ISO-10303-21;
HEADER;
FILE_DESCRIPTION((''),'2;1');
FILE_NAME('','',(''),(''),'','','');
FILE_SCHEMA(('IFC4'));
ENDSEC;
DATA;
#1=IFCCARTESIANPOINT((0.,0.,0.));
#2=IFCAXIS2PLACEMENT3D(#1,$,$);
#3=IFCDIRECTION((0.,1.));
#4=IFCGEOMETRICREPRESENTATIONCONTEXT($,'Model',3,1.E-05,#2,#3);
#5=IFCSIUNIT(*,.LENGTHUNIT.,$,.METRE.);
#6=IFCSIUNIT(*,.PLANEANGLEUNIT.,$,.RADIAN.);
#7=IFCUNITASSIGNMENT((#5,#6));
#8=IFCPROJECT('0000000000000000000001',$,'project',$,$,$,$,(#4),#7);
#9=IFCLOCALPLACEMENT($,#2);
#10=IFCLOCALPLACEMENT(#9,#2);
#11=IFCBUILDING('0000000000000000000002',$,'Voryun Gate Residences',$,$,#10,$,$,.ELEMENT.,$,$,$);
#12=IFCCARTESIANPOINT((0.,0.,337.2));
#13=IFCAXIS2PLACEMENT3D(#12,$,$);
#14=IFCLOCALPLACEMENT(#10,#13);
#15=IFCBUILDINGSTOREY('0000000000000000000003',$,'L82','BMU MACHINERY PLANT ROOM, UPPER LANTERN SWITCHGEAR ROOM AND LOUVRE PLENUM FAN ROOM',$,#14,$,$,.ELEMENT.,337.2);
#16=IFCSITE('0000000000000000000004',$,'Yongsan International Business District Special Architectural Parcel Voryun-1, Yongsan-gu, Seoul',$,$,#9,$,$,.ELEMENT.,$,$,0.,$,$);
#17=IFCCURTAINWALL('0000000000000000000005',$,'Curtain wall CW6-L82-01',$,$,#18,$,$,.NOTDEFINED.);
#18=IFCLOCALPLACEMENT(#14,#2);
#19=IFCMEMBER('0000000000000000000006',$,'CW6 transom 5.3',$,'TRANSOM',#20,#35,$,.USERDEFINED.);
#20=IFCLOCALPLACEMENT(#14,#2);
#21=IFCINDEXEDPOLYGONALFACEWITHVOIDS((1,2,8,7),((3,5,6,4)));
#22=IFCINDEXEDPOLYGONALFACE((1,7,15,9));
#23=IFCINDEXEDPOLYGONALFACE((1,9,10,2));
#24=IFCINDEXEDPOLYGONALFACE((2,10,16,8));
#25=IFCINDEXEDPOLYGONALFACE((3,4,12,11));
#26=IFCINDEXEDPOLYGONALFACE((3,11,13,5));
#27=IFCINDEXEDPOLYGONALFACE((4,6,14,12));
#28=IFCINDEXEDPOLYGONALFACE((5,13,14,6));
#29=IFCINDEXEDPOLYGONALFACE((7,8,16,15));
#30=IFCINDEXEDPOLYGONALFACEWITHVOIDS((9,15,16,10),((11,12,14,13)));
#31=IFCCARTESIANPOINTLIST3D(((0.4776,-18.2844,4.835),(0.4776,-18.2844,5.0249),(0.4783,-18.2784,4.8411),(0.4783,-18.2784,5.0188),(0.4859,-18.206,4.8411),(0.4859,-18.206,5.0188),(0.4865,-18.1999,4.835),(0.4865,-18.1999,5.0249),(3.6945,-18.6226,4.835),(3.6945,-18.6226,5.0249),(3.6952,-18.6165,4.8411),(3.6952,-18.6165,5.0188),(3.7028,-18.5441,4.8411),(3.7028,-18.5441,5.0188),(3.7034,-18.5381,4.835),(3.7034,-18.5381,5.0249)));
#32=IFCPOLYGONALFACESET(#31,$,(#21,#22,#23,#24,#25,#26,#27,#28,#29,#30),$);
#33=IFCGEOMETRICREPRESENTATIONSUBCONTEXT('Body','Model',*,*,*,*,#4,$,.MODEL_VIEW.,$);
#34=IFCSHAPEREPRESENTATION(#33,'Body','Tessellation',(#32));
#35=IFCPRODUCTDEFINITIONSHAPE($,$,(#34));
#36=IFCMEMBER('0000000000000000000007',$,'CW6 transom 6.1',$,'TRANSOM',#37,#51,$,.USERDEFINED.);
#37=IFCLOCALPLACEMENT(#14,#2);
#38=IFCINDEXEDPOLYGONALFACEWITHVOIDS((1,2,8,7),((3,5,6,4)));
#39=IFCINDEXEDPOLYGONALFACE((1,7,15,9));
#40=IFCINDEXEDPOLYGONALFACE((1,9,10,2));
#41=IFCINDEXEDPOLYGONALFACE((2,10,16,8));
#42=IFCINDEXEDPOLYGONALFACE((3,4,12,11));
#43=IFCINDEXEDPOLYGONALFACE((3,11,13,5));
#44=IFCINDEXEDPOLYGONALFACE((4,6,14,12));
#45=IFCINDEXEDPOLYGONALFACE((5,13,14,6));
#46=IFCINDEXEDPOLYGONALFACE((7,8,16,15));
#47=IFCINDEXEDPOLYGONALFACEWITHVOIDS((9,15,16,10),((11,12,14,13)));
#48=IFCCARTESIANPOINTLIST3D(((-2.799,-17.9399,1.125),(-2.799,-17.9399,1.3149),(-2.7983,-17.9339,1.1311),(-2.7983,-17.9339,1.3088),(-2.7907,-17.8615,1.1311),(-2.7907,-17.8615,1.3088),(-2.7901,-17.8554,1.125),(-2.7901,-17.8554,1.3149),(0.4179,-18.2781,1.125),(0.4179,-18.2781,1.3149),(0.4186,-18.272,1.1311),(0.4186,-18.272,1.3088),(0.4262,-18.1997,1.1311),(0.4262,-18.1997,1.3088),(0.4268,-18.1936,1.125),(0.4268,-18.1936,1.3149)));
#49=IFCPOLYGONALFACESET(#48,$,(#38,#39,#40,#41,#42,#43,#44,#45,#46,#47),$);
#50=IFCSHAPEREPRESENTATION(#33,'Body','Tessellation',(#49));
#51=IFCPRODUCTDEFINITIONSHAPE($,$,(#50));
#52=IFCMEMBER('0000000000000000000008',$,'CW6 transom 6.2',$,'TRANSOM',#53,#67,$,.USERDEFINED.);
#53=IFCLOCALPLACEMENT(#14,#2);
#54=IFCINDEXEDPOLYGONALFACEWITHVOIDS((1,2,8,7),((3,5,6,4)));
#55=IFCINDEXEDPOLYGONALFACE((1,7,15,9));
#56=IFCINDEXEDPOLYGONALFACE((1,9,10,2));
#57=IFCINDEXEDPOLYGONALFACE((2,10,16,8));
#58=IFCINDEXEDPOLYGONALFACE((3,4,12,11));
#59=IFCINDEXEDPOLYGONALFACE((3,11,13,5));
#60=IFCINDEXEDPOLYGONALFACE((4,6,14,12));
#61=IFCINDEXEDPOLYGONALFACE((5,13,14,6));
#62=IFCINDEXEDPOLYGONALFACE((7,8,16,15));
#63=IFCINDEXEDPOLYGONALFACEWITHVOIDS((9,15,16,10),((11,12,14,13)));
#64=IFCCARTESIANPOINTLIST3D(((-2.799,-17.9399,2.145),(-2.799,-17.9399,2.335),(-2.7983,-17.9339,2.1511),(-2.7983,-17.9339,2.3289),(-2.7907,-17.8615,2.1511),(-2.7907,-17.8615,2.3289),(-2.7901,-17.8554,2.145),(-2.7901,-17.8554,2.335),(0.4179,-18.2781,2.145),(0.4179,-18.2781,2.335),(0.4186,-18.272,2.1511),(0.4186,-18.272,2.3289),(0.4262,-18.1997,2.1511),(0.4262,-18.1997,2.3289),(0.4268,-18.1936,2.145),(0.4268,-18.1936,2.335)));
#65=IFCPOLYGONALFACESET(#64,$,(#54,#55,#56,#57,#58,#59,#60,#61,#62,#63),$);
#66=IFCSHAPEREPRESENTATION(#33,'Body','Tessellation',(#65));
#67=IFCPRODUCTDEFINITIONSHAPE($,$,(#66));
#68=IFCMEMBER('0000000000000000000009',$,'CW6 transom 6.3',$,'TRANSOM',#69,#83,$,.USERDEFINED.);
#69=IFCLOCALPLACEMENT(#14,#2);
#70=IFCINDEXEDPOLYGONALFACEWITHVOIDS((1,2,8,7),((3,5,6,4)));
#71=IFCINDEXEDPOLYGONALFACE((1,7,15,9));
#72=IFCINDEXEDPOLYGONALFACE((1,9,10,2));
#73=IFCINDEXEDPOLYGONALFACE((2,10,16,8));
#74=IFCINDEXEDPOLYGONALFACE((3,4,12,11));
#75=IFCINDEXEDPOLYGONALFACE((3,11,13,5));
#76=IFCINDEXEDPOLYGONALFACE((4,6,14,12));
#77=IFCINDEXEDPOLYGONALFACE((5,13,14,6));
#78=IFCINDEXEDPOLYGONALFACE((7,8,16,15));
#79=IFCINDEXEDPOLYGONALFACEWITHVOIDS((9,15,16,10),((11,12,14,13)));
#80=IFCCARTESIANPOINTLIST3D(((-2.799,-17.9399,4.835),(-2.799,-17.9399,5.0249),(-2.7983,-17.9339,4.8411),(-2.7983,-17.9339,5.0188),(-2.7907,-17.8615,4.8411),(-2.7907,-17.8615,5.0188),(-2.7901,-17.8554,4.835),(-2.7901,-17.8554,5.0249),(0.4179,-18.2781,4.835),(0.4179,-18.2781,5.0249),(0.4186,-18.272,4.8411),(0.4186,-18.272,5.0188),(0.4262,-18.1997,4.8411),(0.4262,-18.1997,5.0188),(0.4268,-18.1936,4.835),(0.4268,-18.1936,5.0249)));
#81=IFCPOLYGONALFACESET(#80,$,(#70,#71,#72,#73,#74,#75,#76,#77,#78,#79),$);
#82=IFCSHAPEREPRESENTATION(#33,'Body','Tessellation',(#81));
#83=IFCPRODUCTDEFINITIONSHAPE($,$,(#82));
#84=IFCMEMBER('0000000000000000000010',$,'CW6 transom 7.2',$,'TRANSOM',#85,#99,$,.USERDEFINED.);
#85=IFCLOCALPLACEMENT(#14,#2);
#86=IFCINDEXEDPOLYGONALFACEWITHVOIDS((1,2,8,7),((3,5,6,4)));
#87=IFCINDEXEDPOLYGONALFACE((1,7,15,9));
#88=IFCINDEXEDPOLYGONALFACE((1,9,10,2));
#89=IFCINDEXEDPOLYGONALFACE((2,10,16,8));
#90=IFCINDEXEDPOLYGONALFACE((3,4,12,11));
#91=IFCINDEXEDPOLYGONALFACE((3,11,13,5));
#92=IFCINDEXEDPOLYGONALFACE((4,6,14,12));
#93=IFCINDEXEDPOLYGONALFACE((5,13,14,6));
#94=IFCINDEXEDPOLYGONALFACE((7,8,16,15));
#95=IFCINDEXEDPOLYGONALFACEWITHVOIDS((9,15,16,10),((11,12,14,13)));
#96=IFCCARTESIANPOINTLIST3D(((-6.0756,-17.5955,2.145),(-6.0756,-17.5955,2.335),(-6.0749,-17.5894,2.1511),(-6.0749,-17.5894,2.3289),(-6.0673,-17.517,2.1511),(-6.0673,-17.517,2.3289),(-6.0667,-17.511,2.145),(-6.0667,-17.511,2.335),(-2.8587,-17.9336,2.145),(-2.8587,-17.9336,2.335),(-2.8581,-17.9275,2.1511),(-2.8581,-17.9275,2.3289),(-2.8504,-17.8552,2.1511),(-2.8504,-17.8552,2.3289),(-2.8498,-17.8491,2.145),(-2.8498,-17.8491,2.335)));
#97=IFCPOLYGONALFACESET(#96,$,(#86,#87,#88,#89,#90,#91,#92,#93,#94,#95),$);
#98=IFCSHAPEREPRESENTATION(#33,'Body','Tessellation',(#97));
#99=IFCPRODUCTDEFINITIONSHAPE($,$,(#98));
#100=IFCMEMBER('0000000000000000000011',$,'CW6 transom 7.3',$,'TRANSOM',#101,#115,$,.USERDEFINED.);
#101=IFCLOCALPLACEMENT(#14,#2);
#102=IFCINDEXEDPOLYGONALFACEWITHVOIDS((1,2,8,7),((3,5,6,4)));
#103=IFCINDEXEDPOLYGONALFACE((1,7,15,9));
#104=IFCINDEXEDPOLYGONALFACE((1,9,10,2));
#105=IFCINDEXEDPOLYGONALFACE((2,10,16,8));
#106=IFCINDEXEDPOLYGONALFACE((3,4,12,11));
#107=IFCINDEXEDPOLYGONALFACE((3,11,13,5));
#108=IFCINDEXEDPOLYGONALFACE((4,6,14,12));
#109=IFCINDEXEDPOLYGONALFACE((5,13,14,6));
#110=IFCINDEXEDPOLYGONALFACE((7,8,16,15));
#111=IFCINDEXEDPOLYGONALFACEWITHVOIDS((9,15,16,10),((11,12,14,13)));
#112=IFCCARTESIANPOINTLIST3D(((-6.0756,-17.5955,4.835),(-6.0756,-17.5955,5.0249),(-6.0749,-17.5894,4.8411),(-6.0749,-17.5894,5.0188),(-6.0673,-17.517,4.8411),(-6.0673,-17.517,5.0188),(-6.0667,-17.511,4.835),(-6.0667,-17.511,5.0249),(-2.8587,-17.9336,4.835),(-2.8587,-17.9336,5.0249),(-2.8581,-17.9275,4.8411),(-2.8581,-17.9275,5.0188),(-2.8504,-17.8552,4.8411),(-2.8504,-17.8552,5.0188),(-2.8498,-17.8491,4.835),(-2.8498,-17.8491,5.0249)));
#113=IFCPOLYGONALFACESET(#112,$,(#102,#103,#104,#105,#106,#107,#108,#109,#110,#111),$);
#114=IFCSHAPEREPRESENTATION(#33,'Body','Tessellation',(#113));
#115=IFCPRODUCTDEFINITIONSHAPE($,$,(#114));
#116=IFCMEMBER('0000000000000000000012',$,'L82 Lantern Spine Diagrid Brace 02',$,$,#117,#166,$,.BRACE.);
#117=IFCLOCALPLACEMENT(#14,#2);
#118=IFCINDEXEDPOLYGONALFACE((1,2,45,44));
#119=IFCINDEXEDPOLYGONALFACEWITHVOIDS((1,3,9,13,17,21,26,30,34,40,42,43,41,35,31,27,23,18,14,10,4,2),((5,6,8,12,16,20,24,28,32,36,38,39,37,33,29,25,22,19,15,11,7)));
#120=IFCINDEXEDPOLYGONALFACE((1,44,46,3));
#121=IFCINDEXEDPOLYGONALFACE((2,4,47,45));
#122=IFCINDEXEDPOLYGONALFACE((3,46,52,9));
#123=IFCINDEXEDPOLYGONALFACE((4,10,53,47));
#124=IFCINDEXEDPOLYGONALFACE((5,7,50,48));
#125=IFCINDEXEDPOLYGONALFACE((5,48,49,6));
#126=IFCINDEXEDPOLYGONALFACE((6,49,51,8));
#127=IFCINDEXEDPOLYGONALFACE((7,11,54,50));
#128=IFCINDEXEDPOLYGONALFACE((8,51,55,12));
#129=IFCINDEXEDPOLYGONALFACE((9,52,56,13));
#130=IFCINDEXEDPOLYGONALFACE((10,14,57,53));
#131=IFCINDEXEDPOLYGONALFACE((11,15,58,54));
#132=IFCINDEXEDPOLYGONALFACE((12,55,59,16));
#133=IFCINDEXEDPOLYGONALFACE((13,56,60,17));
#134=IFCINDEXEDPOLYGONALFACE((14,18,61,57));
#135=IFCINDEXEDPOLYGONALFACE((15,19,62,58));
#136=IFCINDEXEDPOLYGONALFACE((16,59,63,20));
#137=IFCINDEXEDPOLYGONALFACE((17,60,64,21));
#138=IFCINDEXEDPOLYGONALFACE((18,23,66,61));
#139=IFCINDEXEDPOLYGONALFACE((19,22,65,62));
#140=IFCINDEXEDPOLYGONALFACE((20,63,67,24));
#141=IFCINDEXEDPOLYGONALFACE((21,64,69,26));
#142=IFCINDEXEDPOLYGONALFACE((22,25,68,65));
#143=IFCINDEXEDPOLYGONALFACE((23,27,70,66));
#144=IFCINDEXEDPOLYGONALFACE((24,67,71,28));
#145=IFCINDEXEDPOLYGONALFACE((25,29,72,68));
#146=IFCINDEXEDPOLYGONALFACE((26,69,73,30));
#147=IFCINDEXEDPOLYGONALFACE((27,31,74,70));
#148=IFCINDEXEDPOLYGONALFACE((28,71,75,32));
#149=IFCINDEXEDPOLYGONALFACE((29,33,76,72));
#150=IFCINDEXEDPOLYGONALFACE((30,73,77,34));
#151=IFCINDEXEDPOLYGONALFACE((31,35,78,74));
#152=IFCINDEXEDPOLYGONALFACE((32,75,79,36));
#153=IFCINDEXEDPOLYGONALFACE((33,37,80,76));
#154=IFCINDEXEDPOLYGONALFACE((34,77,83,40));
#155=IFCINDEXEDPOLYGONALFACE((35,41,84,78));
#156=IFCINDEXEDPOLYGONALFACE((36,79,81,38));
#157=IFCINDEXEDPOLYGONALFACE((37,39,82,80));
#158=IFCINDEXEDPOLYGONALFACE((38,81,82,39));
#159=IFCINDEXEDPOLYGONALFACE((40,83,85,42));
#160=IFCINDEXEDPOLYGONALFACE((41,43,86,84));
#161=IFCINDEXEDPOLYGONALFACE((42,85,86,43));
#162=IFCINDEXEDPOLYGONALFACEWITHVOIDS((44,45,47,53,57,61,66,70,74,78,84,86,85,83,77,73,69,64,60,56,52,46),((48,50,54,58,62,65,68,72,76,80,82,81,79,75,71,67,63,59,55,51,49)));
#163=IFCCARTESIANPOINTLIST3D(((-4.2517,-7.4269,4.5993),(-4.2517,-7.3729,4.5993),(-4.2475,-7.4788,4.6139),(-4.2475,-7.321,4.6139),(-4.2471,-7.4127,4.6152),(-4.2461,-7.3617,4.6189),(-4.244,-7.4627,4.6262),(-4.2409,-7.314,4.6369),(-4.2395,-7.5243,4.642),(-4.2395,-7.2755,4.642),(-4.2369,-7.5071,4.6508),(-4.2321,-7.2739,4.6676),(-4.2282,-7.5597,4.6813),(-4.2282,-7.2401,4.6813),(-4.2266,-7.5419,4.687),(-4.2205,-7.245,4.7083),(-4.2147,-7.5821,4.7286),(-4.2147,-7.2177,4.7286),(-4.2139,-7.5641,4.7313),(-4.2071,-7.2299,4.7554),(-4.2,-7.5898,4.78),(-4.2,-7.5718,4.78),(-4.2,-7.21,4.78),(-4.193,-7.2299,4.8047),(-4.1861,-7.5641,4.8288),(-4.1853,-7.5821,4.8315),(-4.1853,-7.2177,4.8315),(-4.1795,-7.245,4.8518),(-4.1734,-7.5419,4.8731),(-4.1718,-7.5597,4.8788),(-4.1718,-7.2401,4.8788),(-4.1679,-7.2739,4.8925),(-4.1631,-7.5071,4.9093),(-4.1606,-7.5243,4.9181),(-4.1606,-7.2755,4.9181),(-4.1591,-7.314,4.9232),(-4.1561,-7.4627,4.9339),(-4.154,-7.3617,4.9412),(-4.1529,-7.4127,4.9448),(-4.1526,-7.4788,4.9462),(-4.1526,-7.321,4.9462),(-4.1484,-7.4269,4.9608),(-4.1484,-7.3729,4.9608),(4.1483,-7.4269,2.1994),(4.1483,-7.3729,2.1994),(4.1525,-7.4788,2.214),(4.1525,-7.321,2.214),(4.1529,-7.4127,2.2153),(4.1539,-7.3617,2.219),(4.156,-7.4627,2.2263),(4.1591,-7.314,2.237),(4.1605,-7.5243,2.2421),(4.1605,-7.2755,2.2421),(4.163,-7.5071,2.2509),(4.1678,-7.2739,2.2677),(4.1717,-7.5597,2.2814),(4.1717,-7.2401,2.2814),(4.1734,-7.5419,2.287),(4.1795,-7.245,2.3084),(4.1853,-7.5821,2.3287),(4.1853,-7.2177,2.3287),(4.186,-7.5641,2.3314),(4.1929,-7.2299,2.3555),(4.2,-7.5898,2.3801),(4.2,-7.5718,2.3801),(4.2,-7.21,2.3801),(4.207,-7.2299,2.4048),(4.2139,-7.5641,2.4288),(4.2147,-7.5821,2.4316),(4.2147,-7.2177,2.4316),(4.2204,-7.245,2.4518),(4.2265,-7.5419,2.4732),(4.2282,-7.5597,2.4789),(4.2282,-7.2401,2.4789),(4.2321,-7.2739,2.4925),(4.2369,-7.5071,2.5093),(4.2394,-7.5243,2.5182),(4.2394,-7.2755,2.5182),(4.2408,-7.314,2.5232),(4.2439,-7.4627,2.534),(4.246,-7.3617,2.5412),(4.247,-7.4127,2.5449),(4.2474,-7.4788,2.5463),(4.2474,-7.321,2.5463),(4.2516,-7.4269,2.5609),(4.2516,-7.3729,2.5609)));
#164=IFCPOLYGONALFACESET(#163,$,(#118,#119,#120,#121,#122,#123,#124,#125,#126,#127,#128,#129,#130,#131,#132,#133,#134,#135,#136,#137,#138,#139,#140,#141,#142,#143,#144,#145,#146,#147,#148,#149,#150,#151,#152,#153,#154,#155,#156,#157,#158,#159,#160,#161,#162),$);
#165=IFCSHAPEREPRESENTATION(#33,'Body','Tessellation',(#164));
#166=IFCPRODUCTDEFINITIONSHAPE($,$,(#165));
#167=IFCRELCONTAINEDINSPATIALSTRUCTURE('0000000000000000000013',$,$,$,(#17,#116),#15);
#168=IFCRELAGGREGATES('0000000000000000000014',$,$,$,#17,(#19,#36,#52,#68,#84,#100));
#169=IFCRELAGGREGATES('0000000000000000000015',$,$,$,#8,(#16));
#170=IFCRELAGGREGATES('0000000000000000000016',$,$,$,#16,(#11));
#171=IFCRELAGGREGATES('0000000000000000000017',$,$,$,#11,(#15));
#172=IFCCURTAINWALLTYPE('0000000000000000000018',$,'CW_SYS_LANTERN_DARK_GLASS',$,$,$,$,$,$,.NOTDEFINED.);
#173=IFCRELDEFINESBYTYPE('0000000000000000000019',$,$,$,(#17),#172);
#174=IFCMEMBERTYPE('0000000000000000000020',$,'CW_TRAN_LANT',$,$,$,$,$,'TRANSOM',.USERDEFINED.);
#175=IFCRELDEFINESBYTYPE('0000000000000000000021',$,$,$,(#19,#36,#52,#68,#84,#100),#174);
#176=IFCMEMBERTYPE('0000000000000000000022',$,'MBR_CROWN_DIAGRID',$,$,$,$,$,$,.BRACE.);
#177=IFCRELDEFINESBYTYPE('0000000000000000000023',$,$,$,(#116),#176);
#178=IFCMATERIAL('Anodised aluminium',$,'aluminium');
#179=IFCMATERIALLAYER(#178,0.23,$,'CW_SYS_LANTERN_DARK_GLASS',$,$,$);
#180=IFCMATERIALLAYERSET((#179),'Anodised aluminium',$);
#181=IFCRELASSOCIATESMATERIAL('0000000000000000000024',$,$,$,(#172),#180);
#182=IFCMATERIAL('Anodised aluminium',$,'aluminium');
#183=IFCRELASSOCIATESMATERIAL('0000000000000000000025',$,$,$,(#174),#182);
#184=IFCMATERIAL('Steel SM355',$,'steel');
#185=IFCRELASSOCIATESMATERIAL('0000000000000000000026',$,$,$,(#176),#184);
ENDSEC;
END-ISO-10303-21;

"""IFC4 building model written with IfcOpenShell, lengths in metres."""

from ifc_helpers import new_model, si_unit, direction, frame, origin, origin_2d, place, context, subcontext, project, spatial, hollow_rectangle, hollow_circle, extrude, material, layer, layer_set, material_profile, profile_set, type_object, element, aggregate, save


model = new_model("IFC4")

# Units and contexts
model_context = context("Model", 3, precision=1e-05, world=origin(), true_north=direction((0.0, 1.0)))
body_context = subcontext(model_context, "Body", "Model", "MODEL_VIEW")
ifc_project = project(units=[si_unit("LENGTHUNIT", "METRE"), si_unit("PLANEANGLEUNIT", "RADIAN")], contexts=[model_context])

# Site, building, storey
site_placement = place(None, origin())
site = spatial("IfcSite", under=ifc_project, at=site_placement, Name="Yongsan International Business District Special Architectural Parcel Voryun-1, Yongsan-gu, Seoul", CompositionType="ELEMENT", RefElevation=0.0)
building_placement = place(site_placement, origin())
building = spatial("IfcBuilding", under=site, at=building_placement, Name="Voryun Gate Residences", CompositionType="ELEMENT")
storey_placement = place(building_placement, frame((0.0, 0.0, 337.2)))
storey = spatial("IfcBuildingStorey", under=building, at=storey_placement, Name="L82", Description="BMU MACHINERY PLANT ROOM, UPPER LANTERN SWITCHGEAR ROOM AND LOUVRE PLENUM FAN ROOM", CompositionType="ELEMENT", Elevation=337.2)

# Curtain wall, members
ifc_material_1 = material(Name="Anodised aluminium", Category="aluminium")
ifc_layer_1 = layer(ifc_material_1, 0.23, Name="CW_SYS_LANTERN_DARK_GLASS")
ifc_layer_set_1 = layer_set([ifc_layer_1], Name="Anodised aluminium")
curtain_wall_type = type_object("IfcCurtainWallType", Name="CW_SYS_LANTERN_DARK_GLASS", PredefinedType="NOTDEFINED", material=ifc_layer_set_1)
curtain_wall_placement = place(storey_placement, origin())
curtain_wall = element("IfcCurtainWall", 1, at=curtain_wall_placement, inside=storey, type_object=curtain_wall_type, Name="Curtain wall CW6-L82-01", PredefinedType="NOTDEFINED")
ifc_material_2 = material(Name="Anodised aluminium", Category="aluminium")
ifc_material_profile_1 = material_profile(ifc_material_2, hollow_rectangle(XDim=0.085, YDim=0.1899, WallThickness=0.0061, at=origin_2d()), Name="ALU-TRAN-190x85x6")
ifc_profile_set_1 = profile_set([ifc_material_profile_1], Name="Anodised aluminium")
member_type_1 = type_object("IfcMemberType", Name="CW_TRAN_LANT", ElementType="TRANSOM", PredefinedType="USERDEFINED", material=ifc_profile_set_1)
member_1_placement = place(storey_placement, frame((3.699, -18.5803, 4.9299), z_axis=(-0.994521, 0.104539, 0.0), x_axis=(-0.104539, -0.994521, 0.0)))
member_1 = element("IfcMember", 2, at=member_1_placement, type_object=member_type_1, Name="CW6 transom 5.3", ObjectType="TRANSOM", PredefinedType="USERDEFINED", context=body_context, shape_type="SweptSolid", body=[
    extrude(hollow_rectangle(XDim=0.085, YDim=0.1899, WallThickness=0.0061, at=origin_2d()), origin(), (0.0, 0.0, 1.0), 3.2346),
])
member_2_placement = place(storey_placement, frame((0.4224, -18.2358, 1.22), z_axis=(-0.994521, 0.104539, 0.0), x_axis=(-0.104539, -0.994521, 0.0)))
member_2 = element("IfcMember", 3, at=member_2_placement, type_object=member_type_1, Name="CW6 transom 6.1", ObjectType="TRANSOM", PredefinedType="USERDEFINED", context=body_context, shape_type="SweptSolid", body=[
    extrude(hollow_rectangle(XDim=0.085, YDim=0.1899, WallThickness=0.0061, at=origin_2d()), origin(), (0.0, 0.0, 1.0), 3.2346),
])
member_3_placement = place(storey_placement, frame((0.4224, -18.2358, 2.24), z_axis=(-0.994521, 0.104539, 0.0), x_axis=(-0.104539, -0.994521, 0.0)))
member_3 = element("IfcMember", 4, at=member_3_placement, type_object=member_type_1, Name="CW6 transom 6.2", ObjectType="TRANSOM", PredefinedType="USERDEFINED", context=body_context, shape_type="SweptSolid", body=[
    extrude(hollow_rectangle(XDim=0.085, YDim=0.1899, WallThickness=0.0061, at=origin_2d()), origin(), (0.0, 0.0, 1.0), 3.2346),
])
member_4_placement = place(storey_placement, frame((0.4224, -18.2358, 4.9299), z_axis=(-0.994521, 0.104539, 0.0), x_axis=(-0.104539, -0.994521, 0.0)))
member_4 = element("IfcMember", 5, at=member_4_placement, type_object=member_type_1, Name="CW6 transom 6.3", ObjectType="TRANSOM", PredefinedType="USERDEFINED", context=body_context, shape_type="SweptSolid", body=[
    extrude(hollow_rectangle(XDim=0.085, YDim=0.1899, WallThickness=0.0061, at=origin_2d()), origin(), (0.0, 0.0, 1.0), 3.2346),
])
member_5_placement = place(storey_placement, frame((-2.8542, -17.8914, 2.24), z_axis=(-0.994521, 0.104539, 0.0), x_axis=(-0.104539, -0.994521, 0.0)))
member_5 = element("IfcMember", 6, at=member_5_placement, type_object=member_type_1, Name="CW6 transom 7.2", ObjectType="TRANSOM", PredefinedType="USERDEFINED", context=body_context, shape_type="SweptSolid", body=[
    extrude(hollow_rectangle(XDim=0.085, YDim=0.1899, WallThickness=0.0061, at=origin_2d()), origin(), (0.0, 0.0, 1.0), 3.2346),
])
member_6_placement = place(storey_placement, frame((-2.8542, -17.8914, 4.9299), z_axis=(-0.994521, 0.104539, 0.0), x_axis=(-0.104539, -0.994521, 0.0)))
member_6 = element("IfcMember", 7, at=member_6_placement, type_object=member_type_1, Name="CW6 transom 7.3", ObjectType="TRANSOM", PredefinedType="USERDEFINED", context=body_context, shape_type="SweptSolid", body=[
    extrude(hollow_rectangle(XDim=0.085, YDim=0.1899, WallThickness=0.0061, at=origin_2d()), origin(), (0.0, 0.0, 1.0), 3.2346),
])

# Member
ifc_material_3 = material(Name="Steel SM355", Category="steel")
ifc_material_profile_2 = material_profile(ifc_material_3, hollow_circle(Radius=0.1899, WallThickness=0.0181, at=origin_2d()), Name="CHS-380x18")
ifc_profile_set_2 = profile_set([ifc_material_profile_2], Name="Steel SM355")
member_type_2 = type_object("IfcMemberType", Name="MBR_CROWN_DIAGRID", PredefinedType="BRACE", material=ifc_profile_set_2)
member_7_placement = place(storey_placement, frame((4.2, -7.3999, 2.3801), z_axis=(-0.961526, 0.0, 0.274714), x_axis=(0.0, -1.0, 0.0)))
element("IfcMember", 8, at=member_7_placement, inside=storey, type_object=member_type_2, Name="L82 Lantern Spine Diagrid Brace 02", PredefinedType="BRACE", context=body_context, shape_type="SweptSolid", body=[
    extrude(hollow_circle(Radius=0.1899, WallThickness=0.0181, at=origin_2d()), origin(), (0.0, 0.0, 1.0), 8.7361),
])

aggregate(curtain_wall, [member_1, member_2, member_3, member_4, member_5, member_6])

save(model, "model.ifc")
